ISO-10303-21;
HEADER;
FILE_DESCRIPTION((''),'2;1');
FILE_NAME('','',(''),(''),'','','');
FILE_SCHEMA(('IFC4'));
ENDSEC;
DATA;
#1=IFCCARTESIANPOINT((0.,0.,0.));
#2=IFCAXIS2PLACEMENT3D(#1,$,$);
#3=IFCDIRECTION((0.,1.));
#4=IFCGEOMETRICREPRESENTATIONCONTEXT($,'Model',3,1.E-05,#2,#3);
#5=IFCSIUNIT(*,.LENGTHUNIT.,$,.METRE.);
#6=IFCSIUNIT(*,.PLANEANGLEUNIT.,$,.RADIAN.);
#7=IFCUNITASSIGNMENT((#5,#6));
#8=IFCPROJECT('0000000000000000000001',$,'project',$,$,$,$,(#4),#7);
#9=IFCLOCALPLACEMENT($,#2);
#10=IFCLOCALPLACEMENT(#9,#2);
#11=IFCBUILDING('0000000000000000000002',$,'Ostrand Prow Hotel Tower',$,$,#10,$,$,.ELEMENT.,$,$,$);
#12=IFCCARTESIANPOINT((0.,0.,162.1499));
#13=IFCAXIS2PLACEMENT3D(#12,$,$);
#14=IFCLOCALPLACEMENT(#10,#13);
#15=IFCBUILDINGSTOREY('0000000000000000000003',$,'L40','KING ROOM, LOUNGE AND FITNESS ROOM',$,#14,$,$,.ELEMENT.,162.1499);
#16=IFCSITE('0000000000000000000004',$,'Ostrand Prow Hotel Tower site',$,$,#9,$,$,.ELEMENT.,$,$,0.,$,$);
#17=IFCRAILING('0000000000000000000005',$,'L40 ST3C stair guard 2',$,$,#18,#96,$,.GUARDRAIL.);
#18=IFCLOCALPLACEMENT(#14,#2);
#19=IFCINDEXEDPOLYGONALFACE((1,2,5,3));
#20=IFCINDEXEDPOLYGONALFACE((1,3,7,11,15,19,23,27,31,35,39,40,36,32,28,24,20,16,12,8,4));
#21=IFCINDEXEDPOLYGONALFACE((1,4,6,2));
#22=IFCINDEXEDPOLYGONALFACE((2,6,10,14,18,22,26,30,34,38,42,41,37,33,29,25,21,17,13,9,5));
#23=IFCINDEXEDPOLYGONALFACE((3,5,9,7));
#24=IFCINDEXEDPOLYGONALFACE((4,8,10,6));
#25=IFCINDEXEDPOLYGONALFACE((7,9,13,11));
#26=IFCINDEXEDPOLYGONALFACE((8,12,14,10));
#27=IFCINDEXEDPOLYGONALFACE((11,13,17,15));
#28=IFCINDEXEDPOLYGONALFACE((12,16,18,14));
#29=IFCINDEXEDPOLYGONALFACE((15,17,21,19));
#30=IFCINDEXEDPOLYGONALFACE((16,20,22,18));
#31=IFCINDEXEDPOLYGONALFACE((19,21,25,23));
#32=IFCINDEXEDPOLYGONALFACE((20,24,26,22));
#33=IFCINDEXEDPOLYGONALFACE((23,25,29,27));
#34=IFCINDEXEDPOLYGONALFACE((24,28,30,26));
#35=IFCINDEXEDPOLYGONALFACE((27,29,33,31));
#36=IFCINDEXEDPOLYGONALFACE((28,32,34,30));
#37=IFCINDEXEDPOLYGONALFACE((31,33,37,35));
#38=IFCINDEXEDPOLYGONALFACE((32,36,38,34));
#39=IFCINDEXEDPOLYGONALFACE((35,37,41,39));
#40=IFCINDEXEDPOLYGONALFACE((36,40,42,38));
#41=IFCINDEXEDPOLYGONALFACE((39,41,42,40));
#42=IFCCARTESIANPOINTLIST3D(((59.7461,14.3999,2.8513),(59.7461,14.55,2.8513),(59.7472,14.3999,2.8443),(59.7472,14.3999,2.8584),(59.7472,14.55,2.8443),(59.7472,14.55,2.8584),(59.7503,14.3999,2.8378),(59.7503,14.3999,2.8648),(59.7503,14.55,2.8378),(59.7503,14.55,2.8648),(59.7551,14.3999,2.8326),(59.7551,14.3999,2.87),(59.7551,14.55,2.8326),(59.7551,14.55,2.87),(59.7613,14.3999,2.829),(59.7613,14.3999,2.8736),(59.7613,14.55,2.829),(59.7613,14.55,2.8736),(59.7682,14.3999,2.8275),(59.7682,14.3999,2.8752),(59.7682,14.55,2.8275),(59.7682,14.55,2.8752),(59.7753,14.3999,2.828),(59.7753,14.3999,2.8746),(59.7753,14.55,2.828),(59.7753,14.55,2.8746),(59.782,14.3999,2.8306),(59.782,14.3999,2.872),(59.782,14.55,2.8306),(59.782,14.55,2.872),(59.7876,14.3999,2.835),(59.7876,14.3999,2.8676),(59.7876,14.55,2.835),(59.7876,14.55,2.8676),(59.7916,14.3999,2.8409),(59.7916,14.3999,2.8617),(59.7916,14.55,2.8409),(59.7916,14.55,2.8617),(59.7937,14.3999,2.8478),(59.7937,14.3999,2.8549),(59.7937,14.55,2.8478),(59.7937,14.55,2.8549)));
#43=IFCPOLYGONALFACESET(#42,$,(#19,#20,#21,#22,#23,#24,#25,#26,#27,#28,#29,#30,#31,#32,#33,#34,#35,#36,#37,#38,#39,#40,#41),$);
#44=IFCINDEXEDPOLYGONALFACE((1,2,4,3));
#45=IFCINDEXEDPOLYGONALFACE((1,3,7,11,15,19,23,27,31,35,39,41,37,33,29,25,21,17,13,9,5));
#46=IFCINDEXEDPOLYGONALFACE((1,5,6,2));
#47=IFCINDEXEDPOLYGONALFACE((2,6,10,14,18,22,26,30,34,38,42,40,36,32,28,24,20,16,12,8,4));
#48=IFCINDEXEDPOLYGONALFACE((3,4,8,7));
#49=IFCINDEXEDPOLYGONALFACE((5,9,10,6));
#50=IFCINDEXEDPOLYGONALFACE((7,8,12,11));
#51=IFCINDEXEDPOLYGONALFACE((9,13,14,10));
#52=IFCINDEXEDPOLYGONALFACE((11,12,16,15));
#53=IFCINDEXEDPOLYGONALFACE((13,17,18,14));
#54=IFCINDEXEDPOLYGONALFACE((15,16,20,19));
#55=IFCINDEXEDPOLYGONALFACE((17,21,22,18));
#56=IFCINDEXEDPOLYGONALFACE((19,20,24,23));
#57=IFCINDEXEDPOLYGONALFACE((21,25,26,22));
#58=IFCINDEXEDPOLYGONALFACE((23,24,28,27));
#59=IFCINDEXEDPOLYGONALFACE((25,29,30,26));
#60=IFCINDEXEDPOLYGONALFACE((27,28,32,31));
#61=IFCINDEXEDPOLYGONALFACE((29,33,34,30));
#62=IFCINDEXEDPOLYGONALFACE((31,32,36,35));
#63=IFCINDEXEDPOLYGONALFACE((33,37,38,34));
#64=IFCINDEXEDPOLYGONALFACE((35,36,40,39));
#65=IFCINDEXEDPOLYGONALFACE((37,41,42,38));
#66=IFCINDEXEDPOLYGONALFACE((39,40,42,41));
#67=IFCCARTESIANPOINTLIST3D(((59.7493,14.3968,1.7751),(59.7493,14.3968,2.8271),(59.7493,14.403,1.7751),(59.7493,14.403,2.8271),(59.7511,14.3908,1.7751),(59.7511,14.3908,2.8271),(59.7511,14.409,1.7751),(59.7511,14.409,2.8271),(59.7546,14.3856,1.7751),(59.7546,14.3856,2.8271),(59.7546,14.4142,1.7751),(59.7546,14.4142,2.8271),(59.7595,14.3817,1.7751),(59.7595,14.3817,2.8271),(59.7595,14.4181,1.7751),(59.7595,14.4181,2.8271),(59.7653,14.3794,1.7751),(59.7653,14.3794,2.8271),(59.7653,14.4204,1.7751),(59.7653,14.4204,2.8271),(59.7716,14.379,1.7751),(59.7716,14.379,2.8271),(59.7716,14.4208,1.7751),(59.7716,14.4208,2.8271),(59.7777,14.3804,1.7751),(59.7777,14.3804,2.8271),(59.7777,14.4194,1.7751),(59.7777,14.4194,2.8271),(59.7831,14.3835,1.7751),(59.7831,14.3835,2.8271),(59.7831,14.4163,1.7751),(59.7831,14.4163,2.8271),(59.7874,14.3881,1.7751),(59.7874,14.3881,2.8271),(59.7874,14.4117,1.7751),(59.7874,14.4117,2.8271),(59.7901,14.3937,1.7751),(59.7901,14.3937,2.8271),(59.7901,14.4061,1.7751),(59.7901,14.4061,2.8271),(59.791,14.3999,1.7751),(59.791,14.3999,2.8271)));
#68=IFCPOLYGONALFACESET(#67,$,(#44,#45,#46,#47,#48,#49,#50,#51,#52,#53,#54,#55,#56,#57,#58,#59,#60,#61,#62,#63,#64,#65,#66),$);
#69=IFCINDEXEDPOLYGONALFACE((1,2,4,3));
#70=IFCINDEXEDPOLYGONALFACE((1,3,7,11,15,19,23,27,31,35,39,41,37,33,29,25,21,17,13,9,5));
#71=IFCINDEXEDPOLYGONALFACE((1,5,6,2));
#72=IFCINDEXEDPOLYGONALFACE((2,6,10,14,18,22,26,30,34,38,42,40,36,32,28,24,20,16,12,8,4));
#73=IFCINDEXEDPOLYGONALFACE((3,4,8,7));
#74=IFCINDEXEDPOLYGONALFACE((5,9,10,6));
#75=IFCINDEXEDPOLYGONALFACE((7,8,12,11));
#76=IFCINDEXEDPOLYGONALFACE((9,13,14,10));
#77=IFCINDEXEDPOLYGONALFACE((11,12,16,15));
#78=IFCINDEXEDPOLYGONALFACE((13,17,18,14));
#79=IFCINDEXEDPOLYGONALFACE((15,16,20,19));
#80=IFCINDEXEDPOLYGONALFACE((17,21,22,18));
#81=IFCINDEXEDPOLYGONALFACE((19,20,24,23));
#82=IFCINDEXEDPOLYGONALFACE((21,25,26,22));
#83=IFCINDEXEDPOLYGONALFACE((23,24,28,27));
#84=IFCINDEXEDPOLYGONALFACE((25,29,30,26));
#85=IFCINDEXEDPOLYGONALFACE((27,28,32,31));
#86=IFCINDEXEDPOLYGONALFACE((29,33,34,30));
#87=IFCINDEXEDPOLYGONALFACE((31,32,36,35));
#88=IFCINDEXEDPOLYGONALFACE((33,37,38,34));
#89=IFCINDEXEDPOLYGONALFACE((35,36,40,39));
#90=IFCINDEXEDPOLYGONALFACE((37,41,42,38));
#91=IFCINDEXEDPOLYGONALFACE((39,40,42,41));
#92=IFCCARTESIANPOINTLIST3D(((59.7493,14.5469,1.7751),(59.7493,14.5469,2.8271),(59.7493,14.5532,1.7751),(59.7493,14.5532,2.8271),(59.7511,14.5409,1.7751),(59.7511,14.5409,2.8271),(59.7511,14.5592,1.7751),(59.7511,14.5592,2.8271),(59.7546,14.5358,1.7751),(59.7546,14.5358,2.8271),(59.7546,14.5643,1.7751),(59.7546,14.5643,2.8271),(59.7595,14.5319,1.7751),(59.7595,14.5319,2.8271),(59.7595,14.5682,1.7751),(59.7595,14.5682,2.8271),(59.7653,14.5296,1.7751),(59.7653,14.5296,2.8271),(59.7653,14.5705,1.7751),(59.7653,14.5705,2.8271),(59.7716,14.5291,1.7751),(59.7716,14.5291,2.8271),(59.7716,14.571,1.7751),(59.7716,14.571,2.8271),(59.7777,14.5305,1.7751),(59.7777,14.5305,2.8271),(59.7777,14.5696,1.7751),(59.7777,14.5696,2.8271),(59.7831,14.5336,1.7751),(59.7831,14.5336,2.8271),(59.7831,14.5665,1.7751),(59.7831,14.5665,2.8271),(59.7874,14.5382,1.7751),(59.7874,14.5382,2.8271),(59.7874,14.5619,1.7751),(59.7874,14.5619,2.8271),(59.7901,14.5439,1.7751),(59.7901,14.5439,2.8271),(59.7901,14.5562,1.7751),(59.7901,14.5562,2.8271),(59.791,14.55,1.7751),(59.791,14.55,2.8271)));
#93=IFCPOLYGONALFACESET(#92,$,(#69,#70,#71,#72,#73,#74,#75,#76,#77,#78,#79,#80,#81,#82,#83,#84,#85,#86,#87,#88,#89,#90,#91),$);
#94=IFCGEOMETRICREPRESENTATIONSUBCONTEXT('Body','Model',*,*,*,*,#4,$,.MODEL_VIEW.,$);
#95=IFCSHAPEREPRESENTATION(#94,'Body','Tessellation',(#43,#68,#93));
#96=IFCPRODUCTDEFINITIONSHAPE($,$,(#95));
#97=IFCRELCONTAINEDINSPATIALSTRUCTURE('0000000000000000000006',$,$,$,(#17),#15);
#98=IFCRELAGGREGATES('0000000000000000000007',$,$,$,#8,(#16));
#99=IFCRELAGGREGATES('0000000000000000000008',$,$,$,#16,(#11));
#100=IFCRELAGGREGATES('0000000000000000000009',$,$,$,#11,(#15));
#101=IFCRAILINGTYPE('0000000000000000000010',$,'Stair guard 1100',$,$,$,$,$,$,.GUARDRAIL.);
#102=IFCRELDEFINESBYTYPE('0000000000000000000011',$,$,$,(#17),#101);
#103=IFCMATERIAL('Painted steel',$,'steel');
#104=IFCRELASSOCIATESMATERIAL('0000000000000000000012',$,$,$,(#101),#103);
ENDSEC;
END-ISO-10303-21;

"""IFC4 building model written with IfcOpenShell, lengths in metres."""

from ifc_helpers import new_model, si_unit, direction, frame, origin, origin_2d, place, context, subcontext, project, spatial, circle, extrude, material, type_object, element, save


model = new_model("IFC4")

# Units and contexts
model_context = context("Model", 3, precision=1e-05, world=origin(), true_north=direction((0.0, 1.0)))
body_context = subcontext(model_context, "Body", "Model", "MODEL_VIEW")
ifc_project = project(units=[si_unit("LENGTHUNIT", "METRE"), si_unit("PLANEANGLEUNIT", "RADIAN")], contexts=[model_context])

# Site, building, storey
site_placement = place(None, origin())
site = spatial("IfcSite", under=ifc_project, at=site_placement, Name="Ostrand Prow Hotel Tower site", CompositionType="ELEMENT", RefElevation=0.0)
building_placement = place(site_placement, origin())
building = spatial("IfcBuilding", under=site, at=building_placement, Name="Ostrand Prow Hotel Tower", CompositionType="ELEMENT")
storey_placement = place(building_placement, frame((0.0, 0.0, 162.1499)))
storey = spatial("IfcBuildingStorey", under=building, at=storey_placement, Name="L40", Description="KING ROOM, LOUNGE AND FITNESS ROOM", CompositionType="ELEMENT", Elevation=162.1499)

# Railing
ifc_material_1 = material(Name="Painted steel", Category="steel")
railing_type_1 = type_object("IfcRailingType", Name="Stair guard 1100", PredefinedType="GUARDRAIL", material=ifc_material_1)
railing_1_placement = place(storey_placement, frame((59.77, 14.3999, 1.7751)))
element("IfcRailing", 1, at=railing_1_placement, inside=storey, type_object=railing_type_1, Name="L40 ST3C stair guard 2", PredefinedType="GUARDRAIL", context=body_context, shape_type="SweptSolid", body=[
    extrude(circle(Radius=0.0239, at=origin_2d()), frame((0.0, 0.0, 1.0762), z_axis=(0.0, 1.0, 0.0), x_axis=(-1.0, 0.0, 0.0)), (0.0, 0.0, 1.0), 0.1501),
    extrude(circle(Radius=0.021, at=origin_2d()), origin(), (0.0, 0.0, 1.0), 1.052),
    extrude(circle(Radius=0.021, at=origin_2d()), frame((0.0, 0.1501, 0.0)), (0.0, 0.0, 1.0), 1.052),
])

save(model, "model.ifc")
